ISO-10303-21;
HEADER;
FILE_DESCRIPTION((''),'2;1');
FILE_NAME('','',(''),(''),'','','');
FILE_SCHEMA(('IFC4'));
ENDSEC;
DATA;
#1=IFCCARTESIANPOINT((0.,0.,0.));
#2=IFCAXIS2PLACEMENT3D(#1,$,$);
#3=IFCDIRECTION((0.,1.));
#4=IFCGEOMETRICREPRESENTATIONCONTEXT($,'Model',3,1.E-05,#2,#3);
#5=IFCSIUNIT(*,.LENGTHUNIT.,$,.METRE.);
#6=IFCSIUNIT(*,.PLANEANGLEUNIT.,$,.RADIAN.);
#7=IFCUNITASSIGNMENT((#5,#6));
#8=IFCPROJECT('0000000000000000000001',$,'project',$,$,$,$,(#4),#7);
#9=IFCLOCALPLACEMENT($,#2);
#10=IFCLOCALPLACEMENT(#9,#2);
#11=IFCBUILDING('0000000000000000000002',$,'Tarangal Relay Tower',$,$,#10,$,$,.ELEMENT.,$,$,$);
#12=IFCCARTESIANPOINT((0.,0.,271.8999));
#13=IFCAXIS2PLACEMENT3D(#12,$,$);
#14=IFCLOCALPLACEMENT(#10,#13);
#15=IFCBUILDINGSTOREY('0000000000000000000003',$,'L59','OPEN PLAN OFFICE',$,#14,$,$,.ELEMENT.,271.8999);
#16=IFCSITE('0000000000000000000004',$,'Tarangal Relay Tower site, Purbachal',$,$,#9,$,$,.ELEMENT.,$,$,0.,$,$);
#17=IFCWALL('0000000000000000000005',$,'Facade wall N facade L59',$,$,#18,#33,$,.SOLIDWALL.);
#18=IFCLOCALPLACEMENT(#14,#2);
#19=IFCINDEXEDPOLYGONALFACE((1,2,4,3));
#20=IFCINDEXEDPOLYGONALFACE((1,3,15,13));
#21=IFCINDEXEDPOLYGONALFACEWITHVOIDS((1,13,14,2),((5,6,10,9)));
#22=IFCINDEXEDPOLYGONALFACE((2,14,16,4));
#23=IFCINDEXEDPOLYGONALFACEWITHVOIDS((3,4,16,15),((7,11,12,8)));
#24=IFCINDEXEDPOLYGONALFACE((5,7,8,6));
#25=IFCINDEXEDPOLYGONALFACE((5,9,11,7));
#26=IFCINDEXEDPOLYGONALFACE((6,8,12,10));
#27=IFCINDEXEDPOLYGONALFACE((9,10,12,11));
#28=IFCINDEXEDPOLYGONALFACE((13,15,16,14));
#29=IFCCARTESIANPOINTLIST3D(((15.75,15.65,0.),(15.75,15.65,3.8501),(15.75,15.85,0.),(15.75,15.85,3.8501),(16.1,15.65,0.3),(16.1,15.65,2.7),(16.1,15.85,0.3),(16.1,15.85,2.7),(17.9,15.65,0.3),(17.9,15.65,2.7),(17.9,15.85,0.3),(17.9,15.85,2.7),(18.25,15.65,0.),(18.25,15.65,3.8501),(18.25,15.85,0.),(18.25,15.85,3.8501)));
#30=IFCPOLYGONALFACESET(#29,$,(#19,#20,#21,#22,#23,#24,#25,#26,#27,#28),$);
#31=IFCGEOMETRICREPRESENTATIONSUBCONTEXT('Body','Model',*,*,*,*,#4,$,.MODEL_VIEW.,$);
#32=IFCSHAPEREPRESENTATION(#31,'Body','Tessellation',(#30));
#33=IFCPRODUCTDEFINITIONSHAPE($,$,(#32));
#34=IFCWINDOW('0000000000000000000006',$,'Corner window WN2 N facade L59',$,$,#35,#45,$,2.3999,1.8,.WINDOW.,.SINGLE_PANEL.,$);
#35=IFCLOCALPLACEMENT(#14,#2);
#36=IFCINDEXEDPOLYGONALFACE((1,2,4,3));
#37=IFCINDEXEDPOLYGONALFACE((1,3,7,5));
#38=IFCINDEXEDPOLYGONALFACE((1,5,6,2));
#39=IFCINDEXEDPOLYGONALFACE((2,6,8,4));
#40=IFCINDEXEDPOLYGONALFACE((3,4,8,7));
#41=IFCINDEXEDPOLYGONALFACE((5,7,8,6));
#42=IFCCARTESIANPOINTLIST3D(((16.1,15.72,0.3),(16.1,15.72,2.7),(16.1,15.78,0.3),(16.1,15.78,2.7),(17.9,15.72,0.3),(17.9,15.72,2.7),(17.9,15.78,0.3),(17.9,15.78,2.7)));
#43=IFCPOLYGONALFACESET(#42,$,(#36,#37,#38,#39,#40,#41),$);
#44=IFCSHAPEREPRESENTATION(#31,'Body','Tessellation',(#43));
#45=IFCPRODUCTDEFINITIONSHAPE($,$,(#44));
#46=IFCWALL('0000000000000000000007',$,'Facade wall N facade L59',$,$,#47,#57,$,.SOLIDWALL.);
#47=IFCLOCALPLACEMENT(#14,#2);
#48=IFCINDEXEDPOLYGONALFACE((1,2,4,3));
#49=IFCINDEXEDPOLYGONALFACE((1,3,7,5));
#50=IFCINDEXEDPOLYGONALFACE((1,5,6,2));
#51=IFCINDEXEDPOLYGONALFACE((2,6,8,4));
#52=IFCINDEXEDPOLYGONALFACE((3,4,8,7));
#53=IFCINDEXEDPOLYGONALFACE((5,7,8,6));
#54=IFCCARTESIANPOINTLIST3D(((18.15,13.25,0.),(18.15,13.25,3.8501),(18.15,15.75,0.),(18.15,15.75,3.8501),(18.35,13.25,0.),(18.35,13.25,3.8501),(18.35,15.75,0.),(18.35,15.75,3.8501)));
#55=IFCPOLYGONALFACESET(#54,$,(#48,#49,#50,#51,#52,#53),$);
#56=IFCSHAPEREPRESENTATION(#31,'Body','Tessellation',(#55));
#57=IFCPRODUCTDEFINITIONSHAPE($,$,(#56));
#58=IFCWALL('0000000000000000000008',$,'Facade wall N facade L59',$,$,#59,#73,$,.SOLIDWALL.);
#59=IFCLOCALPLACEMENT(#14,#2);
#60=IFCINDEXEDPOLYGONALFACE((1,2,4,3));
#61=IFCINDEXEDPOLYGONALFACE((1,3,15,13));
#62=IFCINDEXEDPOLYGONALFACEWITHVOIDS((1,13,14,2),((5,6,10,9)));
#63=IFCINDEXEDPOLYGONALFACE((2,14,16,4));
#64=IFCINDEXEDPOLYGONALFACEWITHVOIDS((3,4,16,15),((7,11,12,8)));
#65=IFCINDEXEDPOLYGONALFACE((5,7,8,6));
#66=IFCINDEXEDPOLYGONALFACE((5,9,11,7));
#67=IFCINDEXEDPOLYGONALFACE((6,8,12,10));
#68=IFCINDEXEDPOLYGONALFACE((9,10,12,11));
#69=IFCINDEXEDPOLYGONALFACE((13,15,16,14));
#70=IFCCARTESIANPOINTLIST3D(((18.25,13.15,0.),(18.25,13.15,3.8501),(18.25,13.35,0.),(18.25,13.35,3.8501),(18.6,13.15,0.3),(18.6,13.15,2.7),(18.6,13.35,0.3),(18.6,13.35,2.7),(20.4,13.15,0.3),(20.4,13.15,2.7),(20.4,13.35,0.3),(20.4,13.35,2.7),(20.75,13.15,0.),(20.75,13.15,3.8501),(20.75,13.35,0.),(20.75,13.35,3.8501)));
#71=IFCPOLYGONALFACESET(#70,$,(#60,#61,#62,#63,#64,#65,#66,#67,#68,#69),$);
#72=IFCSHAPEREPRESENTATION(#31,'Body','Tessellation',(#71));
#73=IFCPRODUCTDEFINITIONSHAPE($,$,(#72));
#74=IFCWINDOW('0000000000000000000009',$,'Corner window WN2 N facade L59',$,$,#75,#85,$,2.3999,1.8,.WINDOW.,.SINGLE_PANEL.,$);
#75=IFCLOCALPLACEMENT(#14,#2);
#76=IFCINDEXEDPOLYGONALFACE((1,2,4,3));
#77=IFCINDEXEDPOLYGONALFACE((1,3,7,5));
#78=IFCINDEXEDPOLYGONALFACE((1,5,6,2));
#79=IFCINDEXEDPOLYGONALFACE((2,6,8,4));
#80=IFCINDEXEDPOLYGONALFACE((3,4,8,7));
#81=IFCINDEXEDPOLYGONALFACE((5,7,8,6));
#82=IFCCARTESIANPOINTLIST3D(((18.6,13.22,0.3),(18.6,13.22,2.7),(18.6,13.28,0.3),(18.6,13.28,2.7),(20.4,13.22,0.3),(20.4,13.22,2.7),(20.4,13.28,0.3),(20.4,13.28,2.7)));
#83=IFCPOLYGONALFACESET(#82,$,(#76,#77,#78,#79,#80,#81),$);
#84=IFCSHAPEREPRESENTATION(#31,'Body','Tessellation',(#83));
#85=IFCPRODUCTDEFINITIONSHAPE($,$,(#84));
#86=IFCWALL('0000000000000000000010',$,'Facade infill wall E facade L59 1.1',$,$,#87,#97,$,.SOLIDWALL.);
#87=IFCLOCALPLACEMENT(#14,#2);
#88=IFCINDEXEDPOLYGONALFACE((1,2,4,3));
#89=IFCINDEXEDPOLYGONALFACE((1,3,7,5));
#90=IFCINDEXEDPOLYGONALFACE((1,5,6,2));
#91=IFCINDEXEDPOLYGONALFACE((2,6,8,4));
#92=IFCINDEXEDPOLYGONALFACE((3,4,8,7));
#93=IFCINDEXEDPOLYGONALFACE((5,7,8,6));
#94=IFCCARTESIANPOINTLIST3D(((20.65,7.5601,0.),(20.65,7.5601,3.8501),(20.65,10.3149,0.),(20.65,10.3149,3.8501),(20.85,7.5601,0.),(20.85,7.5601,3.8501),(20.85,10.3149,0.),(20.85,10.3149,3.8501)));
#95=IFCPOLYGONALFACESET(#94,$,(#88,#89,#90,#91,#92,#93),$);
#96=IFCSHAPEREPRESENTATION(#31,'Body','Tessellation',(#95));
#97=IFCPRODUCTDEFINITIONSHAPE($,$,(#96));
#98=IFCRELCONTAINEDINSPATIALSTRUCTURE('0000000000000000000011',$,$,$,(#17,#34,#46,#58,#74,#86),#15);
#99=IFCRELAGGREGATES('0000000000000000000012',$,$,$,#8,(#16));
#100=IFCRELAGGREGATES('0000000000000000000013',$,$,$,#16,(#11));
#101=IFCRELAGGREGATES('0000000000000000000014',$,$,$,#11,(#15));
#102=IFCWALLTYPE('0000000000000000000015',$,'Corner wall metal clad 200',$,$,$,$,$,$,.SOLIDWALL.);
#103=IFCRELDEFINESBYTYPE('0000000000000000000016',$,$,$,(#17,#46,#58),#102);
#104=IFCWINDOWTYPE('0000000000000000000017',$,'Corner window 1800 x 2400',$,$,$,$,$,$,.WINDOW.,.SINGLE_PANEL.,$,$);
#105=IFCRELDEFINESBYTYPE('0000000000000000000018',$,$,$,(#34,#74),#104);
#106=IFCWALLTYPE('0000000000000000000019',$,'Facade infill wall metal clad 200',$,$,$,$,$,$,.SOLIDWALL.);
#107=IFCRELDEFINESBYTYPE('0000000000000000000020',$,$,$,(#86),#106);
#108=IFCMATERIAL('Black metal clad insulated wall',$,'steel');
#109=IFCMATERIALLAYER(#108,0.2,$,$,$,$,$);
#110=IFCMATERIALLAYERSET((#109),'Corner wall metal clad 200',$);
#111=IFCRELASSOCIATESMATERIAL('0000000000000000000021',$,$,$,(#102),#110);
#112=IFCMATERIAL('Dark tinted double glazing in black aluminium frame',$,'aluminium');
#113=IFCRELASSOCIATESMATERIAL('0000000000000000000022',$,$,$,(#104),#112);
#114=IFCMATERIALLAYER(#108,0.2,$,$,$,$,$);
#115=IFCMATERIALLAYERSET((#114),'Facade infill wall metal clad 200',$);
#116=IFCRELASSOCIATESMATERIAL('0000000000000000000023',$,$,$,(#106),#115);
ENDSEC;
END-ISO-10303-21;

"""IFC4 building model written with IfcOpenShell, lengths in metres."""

from ifc_helpers import new_model, si_unit, direction, frame, frame_2d, origin, place, context, subcontext, project, spatial, rectangle, extrude, material, layer, layer_set, type_object, element, fill, save


model = new_model("IFC4")

# Units and contexts
model_context = context("Model", 3, precision=1e-05, world=origin(), true_north=direction((0.0, 1.0)))
body_context = subcontext(model_context, "Body", "Model", "MODEL_VIEW")
ifc_project = project(units=[si_unit("LENGTHUNIT", "METRE"), si_unit("PLANEANGLEUNIT", "RADIAN")], contexts=[model_context])

# Site, building, storey
site_placement = place(None, origin())
site = spatial("IfcSite", under=ifc_project, at=site_placement, Name="Tarangal Relay Tower site, Purbachal", CompositionType="ELEMENT", RefElevation=0.0)
building_placement = place(site_placement, origin())
building = spatial("IfcBuilding", under=site, at=building_placement, Name="Tarangal Relay Tower", CompositionType="ELEMENT")
storey_placement = place(building_placement, frame((0.0, 0.0, 271.8999)))
storey = spatial("IfcBuildingStorey", under=building, at=storey_placement, Name="L59", Description="OPEN PLAN OFFICE", CompositionType="ELEMENT", Elevation=271.8999)

# Shared definitions
ifc_material_1 = material(Name="Black metal clad insulated wall", Category="steel")
ifc_layer_1 = layer(ifc_material_1, 0.2)
ifc_layer_set_1 = layer_set([ifc_layer_1], Name="Corner wall metal clad 200")
wall_type_1 = type_object("IfcWallType", Name="Corner wall metal clad 200", PredefinedType="SOLIDWALL", material=ifc_layer_set_1)

# Shared definitions
ifc_material_2 = material(Name="Dark tinted double glazing in black aluminium frame", Category="aluminium")
window_type = type_object("IfcWindowType", Name="Corner window 1800 x 2400", PartitioningType="SINGLE_PANEL", PredefinedType="WINDOW", material=ifc_material_2)

# Wall, opening, window
wall_1_placement = place(storey_placement, frame((15.75, 15.75, 0.0), z_axis=(0.0, 0.0, 1.0), x_axis=(1.0, 0.0, 0.0)))
wall_1 = element("IfcWall", 1, at=wall_1_placement, inside=storey, type_object=wall_type_1, Name="Facade wall N facade L59", PredefinedType="SOLIDWALL", context=body_context, shape_type="SweptSolid", body=[
    extrude(rectangle(XDim=2.5, YDim=0.2, at=frame_2d((1.25, 0.0))), origin(), (0.0, 0.0, 1.0), 3.8501),
])
opening_1_placement = place(wall_1_placement, frame((0.3501, 0.0, 0.3)))
opening_1 = element("IfcOpeningElement", 2, at=opening_1_placement, cuts=wall_1, PredefinedType="OPENING", context=body_context, shape_type="SweptSolid", body=[
    extrude(rectangle(XDim=1.8, YDim=2.3999, at=frame_2d((0.8999, 1.2))), frame((0.0, 0.1099, 0.0), z_axis=(0.0, -1.0, 0.0), x_axis=(1.0, 0.0, 0.0)), (0.0, 0.0, 1.0), 0.22),
])
window_1_placement = place(opening_1_placement, origin())
window_1 = element("IfcWindow", 3, at=window_1_placement, inside=storey, type_object=window_type, Name="Corner window WN2 N facade L59", OverallHeight=2.3999, OverallWidth=1.8, PartitioningType="SINGLE_PANEL", PredefinedType="WINDOW", context=body_context, shape_type="SweptSolid", body=[
    extrude(rectangle(XDim=1.8, YDim=2.3999, at=frame_2d((0.8999, 1.2))), frame((0.0, 0.03, 0.0), z_axis=(0.0, -1.0, 0.0), x_axis=(1.0, 0.0, 0.0)), (0.0, 0.0, 1.0), 0.0601),
])
fill(opening_1, window_1)

# Wall
wall_2_placement = place(storey_placement, frame((18.25, 15.75, 0.0), z_axis=(0.0, 0.0, 1.0), x_axis=(0.0, -1.0, 0.0)))
element("IfcWall", 4, at=wall_2_placement, inside=storey, type_object=wall_type_1, Name="Facade wall N facade L59", PredefinedType="SOLIDWALL", context=body_context, shape_type="SweptSolid", body=[
    extrude(rectangle(XDim=2.5, YDim=0.2, at=frame_2d((1.25, 0.0))), origin(), (0.0, 0.0, 1.0), 3.8501),
])

# Wall, opening, window
wall_3_placement = place(storey_placement, frame((18.25, 13.25, 0.0), z_axis=(0.0, 0.0, 1.0), x_axis=(1.0, 0.0, 0.0)))
wall_3 = element("IfcWall", 5, at=wall_3_placement, inside=storey, type_object=wall_type_1, Name="Facade wall N facade L59", PredefinedType="SOLIDWALL", context=body_context, shape_type="SweptSolid", body=[
    extrude(rectangle(XDim=2.5, YDim=0.2, at=frame_2d((1.25, 0.0))), origin(), (0.0, 0.0, 1.0), 3.8501),
])
opening_2_placement = place(wall_3_placement, frame((0.3501, 0.0, 0.3)))
opening_2 = element("IfcOpeningElement", 6, at=opening_2_placement, cuts=wall_3, PredefinedType="OPENING", context=body_context, shape_type="SweptSolid", body=[
    extrude(rectangle(XDim=1.8, YDim=2.3999, at=frame_2d((0.8999, 1.2))), frame((0.0, 0.1099, 0.0), z_axis=(0.0, -1.0, 0.0), x_axis=(1.0, 0.0, 0.0)), (0.0, 0.0, 1.0), 0.22),
])
window_2_placement = place(opening_2_placement, origin())
window_2 = element("IfcWindow", 7, at=window_2_placement, inside=storey, type_object=window_type, Name="Corner window WN2 N facade L59", OverallHeight=2.3999, OverallWidth=1.8, PartitioningType="SINGLE_PANEL", PredefinedType="WINDOW", context=body_context, shape_type="SweptSolid", body=[
    extrude(rectangle(XDim=1.8, YDim=2.3999, at=frame_2d((0.8999, 1.2))), frame((0.0, 0.03, 0.0), z_axis=(0.0, -1.0, 0.0), x_axis=(1.0, 0.0, 0.0)), (0.0, 0.0, 1.0), 0.0601),
])
fill(opening_2, window_2)

# Wall
ifc_layer_2 = layer(ifc_material_1, 0.2)
ifc_layer_set_2 = layer_set([ifc_layer_2], Name="Facade infill wall metal clad 200")
wall_type_2 = type_object("IfcWallType", Name="Facade infill wall metal clad 200", PredefinedType="SOLIDWALL", material=ifc_layer_set_2)
wall_4_placement = place(storey_placement, frame((20.75, 10.3149, 0.0), z_axis=(0.0, 0.0, 1.0), x_axis=(0.0, -1.0, 0.0)))
element("IfcWall", 8, at=wall_4_placement, inside=storey, type_object=wall_type_2, Name="Facade infill wall E facade L59 1.1", PredefinedType="SOLIDWALL", context=body_context, shape_type="SweptSolid", body=[
    extrude(rectangle(XDim=2.7549, YDim=0.2, at=frame_2d((1.3774, 0.0))), origin(), (0.0, 0.0, 1.0), 3.8501),
])

save(model, "model.ifc")
